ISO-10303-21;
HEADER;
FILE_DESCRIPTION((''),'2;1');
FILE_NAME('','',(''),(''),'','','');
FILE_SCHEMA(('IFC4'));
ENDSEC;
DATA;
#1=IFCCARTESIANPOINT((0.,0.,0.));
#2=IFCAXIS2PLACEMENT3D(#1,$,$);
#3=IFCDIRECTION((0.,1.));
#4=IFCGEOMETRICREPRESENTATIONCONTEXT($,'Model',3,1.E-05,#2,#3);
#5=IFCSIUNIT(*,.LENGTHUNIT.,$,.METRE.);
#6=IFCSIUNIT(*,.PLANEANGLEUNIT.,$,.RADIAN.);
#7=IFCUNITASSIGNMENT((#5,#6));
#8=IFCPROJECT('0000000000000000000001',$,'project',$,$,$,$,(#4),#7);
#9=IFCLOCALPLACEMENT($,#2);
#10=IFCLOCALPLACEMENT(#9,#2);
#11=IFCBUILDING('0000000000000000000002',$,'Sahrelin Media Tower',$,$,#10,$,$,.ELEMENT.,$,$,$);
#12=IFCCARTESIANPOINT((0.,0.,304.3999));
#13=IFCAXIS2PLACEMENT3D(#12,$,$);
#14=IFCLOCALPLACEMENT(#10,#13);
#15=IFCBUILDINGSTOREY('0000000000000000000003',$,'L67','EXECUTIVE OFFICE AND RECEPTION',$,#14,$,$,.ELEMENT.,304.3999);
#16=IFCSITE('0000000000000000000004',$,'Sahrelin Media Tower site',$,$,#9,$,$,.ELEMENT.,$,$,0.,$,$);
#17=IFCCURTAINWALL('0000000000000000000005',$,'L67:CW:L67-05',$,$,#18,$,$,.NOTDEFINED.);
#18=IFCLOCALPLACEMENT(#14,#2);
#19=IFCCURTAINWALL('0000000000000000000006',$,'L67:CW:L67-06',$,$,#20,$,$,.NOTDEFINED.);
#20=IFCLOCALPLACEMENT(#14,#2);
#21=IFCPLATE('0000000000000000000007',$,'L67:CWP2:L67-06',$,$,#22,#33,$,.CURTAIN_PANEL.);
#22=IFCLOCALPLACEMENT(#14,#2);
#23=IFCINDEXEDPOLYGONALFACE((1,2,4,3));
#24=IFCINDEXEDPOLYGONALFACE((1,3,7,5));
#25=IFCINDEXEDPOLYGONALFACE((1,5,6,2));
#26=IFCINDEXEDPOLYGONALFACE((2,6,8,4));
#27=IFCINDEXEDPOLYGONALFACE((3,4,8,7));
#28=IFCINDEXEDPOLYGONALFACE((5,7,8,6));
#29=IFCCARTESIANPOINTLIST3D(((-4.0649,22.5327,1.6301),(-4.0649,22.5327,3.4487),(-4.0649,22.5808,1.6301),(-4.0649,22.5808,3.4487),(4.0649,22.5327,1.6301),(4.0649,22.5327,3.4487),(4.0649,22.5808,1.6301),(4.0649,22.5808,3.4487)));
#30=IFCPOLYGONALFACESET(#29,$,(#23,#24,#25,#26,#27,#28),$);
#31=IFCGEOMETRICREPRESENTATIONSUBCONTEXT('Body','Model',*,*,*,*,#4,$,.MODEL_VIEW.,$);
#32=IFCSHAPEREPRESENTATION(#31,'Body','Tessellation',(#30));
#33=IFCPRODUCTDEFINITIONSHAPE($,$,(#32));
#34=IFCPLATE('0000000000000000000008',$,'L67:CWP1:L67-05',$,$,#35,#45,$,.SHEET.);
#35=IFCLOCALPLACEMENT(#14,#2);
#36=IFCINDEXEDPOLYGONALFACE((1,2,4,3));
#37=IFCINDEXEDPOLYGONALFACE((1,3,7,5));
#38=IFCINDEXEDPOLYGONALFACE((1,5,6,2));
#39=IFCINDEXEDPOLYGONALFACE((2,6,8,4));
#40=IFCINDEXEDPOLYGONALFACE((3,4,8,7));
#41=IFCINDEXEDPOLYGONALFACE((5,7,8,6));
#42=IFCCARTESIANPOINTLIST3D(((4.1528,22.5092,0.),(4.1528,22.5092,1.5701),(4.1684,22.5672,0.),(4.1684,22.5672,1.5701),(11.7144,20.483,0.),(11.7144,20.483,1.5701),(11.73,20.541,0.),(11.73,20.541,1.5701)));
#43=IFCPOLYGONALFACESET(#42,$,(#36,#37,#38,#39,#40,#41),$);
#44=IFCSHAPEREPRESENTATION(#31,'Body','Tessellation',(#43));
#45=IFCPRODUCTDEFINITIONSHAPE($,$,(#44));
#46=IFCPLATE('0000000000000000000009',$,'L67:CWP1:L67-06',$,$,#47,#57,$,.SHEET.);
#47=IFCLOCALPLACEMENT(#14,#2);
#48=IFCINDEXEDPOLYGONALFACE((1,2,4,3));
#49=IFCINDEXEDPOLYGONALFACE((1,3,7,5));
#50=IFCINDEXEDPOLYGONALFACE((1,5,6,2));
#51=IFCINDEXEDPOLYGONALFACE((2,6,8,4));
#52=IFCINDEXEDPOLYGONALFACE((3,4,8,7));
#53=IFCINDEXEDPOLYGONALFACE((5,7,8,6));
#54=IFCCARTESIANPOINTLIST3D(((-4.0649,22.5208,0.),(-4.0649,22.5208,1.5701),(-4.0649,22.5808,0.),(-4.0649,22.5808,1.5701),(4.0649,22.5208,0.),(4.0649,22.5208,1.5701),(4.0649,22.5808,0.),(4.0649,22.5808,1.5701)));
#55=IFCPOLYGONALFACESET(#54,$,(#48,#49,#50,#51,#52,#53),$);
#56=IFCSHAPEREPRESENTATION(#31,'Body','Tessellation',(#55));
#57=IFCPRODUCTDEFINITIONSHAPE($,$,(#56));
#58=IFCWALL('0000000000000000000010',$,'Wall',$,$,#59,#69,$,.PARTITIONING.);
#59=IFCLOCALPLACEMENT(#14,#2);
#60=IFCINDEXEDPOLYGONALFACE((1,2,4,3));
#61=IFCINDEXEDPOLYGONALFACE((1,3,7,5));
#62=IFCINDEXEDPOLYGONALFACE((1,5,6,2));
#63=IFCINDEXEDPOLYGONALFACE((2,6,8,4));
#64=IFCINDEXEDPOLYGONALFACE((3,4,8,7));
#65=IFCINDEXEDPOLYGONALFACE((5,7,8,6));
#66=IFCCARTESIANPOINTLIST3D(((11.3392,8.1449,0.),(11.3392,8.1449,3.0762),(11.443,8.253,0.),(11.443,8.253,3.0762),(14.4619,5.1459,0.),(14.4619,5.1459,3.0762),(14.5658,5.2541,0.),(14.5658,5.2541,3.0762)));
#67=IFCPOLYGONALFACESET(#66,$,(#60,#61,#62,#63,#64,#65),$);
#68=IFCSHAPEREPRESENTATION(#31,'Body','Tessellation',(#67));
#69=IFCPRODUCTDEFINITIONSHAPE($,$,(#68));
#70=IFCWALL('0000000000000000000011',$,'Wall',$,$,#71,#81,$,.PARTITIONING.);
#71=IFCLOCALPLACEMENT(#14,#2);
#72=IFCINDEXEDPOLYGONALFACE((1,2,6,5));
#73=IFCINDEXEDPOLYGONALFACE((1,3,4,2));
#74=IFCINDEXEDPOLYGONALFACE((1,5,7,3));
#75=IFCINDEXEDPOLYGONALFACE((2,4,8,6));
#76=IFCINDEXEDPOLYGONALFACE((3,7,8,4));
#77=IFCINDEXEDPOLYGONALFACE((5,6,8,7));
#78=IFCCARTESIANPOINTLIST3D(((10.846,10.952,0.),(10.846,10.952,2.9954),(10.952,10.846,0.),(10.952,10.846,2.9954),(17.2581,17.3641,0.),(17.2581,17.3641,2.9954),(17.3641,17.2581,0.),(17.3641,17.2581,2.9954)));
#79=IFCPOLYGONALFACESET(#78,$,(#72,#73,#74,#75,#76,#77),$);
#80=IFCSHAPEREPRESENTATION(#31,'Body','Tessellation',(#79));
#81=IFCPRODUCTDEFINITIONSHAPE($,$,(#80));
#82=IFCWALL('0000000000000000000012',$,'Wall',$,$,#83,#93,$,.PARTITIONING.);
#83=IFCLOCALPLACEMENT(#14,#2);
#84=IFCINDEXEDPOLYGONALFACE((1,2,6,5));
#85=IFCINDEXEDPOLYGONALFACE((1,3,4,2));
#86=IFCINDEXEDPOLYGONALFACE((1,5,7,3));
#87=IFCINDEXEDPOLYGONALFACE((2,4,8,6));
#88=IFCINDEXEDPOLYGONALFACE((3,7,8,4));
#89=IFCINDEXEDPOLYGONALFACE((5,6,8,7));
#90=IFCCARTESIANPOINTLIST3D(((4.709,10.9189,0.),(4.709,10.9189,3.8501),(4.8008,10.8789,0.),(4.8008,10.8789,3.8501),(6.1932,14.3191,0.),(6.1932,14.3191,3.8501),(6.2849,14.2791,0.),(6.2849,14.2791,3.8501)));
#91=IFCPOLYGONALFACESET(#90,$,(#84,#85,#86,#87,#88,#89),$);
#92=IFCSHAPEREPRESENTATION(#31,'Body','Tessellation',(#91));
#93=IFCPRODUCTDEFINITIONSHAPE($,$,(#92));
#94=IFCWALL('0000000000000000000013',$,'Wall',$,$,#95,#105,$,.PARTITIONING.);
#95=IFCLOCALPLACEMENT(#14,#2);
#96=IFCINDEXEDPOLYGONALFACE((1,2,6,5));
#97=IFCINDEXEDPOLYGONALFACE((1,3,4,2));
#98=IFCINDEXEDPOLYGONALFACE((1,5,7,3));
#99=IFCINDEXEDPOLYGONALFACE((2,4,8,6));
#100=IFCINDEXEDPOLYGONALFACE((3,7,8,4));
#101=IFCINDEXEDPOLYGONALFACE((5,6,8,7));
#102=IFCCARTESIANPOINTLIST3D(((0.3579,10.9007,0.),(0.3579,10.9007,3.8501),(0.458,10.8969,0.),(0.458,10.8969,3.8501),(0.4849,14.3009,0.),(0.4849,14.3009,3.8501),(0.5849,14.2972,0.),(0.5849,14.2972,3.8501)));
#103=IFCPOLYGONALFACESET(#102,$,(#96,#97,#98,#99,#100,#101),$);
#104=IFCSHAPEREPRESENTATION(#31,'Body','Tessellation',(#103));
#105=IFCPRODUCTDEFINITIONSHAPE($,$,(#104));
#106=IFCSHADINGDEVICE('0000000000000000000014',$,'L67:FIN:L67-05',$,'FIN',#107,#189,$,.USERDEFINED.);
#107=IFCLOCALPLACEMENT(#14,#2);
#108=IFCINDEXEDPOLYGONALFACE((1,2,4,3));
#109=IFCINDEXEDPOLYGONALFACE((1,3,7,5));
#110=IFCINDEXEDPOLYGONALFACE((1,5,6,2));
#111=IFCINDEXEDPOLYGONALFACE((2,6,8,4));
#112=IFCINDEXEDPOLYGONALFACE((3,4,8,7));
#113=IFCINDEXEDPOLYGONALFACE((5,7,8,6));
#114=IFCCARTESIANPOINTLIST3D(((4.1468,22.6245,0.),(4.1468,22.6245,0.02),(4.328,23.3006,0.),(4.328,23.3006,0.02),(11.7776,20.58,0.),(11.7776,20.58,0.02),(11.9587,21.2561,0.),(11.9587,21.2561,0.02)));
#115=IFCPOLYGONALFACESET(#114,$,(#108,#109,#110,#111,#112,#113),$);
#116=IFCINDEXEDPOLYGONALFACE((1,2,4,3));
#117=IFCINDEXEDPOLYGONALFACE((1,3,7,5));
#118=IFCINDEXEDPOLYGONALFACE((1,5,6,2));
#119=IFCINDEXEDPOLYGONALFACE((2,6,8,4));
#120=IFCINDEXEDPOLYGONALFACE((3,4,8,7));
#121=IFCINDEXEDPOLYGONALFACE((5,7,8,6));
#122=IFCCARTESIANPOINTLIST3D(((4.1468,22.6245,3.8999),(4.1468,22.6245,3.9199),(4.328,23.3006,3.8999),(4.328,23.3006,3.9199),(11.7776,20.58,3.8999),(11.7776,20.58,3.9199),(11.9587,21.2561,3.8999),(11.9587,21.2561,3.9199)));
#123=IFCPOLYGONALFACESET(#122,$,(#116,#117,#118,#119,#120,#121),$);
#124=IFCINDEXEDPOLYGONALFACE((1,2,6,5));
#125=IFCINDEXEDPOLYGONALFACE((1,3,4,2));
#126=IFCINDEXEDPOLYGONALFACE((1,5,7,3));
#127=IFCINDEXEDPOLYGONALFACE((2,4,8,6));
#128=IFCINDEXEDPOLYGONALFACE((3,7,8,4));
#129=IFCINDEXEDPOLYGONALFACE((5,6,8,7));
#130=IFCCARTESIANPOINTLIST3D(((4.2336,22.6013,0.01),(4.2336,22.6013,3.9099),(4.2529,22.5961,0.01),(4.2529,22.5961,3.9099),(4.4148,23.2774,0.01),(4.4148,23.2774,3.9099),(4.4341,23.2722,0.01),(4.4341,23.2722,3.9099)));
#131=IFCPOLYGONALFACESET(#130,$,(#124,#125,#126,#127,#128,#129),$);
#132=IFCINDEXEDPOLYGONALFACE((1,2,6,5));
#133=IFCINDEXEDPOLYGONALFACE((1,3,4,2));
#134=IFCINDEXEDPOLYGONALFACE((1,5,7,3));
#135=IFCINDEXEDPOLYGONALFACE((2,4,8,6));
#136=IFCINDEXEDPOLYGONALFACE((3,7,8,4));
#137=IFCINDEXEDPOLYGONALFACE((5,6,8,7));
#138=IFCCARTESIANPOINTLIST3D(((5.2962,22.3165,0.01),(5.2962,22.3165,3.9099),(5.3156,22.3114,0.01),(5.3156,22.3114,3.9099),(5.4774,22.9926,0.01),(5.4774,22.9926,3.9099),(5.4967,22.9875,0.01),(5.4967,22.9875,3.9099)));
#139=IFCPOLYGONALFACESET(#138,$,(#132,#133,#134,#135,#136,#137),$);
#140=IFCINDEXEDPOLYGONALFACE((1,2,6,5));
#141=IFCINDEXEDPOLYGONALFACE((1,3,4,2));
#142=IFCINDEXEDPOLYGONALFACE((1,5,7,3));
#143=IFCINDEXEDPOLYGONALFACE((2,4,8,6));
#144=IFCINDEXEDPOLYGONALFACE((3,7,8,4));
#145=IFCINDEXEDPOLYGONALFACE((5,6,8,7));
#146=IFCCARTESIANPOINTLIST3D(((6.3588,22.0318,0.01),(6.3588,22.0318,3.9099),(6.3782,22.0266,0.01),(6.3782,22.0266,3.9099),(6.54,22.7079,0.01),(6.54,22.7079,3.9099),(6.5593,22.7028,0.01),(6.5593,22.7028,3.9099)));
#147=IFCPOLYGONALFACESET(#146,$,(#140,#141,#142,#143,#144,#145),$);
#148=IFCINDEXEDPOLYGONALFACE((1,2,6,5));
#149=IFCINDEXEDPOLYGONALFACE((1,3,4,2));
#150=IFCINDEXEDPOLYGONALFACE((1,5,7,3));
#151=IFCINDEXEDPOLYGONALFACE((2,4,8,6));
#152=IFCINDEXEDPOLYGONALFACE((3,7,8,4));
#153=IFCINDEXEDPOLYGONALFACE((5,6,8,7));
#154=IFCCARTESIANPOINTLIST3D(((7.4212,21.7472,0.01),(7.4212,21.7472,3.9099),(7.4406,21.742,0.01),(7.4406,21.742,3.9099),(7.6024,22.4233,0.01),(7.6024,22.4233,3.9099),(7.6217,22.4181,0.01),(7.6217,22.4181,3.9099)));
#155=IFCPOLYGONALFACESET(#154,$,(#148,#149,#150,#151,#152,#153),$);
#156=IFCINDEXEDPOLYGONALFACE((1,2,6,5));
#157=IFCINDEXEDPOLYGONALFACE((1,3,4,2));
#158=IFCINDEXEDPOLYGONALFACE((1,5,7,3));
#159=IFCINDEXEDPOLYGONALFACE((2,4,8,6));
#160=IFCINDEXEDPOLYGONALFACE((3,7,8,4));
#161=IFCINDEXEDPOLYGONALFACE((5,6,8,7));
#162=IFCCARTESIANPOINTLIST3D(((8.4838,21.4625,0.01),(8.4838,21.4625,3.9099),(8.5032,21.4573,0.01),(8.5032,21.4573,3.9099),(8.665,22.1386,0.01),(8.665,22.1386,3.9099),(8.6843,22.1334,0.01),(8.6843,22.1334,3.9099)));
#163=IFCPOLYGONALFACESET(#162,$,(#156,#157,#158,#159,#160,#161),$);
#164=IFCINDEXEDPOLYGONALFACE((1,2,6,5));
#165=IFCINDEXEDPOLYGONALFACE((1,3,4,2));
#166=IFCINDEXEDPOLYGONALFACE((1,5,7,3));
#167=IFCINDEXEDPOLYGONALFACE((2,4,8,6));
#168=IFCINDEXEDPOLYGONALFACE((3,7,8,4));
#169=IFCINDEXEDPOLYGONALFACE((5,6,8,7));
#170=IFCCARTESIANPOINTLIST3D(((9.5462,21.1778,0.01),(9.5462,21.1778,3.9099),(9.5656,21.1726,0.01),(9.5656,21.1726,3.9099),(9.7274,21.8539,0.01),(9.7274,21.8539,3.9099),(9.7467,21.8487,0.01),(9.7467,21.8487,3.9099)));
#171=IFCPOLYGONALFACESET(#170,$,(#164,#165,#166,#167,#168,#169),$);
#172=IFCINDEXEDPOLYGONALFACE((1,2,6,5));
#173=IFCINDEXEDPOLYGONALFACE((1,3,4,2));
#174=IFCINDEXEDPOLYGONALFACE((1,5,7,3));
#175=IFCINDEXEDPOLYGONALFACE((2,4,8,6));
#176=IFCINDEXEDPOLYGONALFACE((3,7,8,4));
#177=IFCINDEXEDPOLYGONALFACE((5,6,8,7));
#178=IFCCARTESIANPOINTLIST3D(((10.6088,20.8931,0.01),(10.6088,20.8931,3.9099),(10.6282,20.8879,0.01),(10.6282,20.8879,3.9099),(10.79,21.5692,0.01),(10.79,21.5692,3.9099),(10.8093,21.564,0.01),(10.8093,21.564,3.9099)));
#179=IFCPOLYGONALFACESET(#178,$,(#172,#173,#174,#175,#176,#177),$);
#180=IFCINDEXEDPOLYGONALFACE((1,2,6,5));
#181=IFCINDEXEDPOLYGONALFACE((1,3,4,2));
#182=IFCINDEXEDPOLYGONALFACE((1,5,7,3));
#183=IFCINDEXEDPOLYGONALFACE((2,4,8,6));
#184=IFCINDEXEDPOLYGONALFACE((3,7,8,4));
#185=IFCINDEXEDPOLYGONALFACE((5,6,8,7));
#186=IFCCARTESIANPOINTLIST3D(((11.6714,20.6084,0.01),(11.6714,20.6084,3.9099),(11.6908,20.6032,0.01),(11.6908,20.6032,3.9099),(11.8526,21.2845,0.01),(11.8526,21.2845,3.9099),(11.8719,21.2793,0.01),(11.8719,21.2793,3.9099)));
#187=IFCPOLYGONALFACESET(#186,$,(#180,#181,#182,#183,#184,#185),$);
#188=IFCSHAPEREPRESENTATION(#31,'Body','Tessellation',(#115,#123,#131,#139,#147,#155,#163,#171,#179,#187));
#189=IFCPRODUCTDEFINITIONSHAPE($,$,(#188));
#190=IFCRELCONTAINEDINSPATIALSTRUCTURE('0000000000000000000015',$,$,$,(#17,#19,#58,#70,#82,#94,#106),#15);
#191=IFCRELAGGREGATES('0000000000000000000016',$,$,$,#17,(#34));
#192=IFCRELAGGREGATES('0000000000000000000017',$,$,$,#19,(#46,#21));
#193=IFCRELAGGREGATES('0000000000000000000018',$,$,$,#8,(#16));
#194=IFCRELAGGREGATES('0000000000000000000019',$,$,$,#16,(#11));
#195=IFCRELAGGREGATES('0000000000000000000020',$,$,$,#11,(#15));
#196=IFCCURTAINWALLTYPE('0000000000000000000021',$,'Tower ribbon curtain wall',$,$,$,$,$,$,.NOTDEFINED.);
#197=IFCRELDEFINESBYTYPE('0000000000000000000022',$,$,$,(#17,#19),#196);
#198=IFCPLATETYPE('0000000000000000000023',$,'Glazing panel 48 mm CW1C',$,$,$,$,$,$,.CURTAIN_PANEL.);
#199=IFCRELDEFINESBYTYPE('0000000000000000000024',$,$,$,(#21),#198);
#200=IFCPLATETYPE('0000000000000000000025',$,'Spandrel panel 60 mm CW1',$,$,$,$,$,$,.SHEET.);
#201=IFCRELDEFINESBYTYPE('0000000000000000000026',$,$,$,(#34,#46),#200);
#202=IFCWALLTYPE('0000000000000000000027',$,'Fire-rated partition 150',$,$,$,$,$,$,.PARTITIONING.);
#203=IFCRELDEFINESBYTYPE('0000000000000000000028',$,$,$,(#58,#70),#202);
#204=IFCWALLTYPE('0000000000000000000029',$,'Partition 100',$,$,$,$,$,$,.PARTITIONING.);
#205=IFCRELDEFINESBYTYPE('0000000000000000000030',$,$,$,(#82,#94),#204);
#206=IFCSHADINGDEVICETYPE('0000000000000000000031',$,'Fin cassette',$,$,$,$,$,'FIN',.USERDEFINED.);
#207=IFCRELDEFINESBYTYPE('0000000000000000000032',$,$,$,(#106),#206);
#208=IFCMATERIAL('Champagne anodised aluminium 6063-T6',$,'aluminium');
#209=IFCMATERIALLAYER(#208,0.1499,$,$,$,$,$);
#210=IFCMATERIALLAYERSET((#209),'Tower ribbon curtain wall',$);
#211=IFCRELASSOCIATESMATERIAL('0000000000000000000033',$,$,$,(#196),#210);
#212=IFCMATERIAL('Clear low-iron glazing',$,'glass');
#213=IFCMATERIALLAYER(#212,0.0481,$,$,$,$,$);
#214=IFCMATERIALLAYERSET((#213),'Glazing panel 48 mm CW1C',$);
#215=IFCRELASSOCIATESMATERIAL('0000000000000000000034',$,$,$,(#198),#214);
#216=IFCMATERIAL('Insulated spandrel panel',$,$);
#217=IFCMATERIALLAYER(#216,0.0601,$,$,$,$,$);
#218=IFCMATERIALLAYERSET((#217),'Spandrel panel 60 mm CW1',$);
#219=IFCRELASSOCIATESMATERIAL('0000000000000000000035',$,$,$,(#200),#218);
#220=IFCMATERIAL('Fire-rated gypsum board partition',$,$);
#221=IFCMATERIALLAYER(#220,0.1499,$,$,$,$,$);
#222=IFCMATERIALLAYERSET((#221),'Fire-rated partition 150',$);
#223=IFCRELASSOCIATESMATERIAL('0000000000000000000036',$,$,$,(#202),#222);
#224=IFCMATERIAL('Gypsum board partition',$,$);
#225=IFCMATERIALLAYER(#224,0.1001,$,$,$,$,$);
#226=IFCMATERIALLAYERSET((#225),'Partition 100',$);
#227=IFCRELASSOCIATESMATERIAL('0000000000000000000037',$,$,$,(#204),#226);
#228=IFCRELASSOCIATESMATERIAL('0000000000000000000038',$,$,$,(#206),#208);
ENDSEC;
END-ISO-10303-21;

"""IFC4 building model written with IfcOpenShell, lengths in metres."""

from ifc_helpers import new_model, si_unit, direction, frame, frame_2d, origin, origin_2d, place, context, subcontext, project, spatial, polyline, rectangle, outline, extrude, material, layer, layer_set, type_object, element, aggregate, save


model = new_model("IFC4")

# Units and contexts
model_context = context("Model", 3, precision=1e-05, world=origin(), true_north=direction((0.0, 1.0)))
body_context = subcontext(model_context, "Body", "Model", "MODEL_VIEW")
ifc_project = project(units=[si_unit("LENGTHUNIT", "METRE"), si_unit("PLANEANGLEUNIT", "RADIAN")], contexts=[model_context])

# Site, building, storey
site_placement = place(None, origin())
site = spatial("IfcSite", under=ifc_project, at=site_placement, Name="Sahrelin Media Tower site", CompositionType="ELEMENT", RefElevation=0.0)
building_placement = place(site_placement, origin())
building = spatial("IfcBuilding", under=site, at=building_placement, Name="Sahrelin Media Tower", CompositionType="ELEMENT")
storey_placement = place(building_placement, frame((0.0, 0.0, 304.3999)))
storey = spatial("IfcBuildingStorey", under=building, at=storey_placement, Name="L67", Description="EXECUTIVE OFFICE AND RECEPTION", CompositionType="ELEMENT", Elevation=304.3999)

# Curtain walls
ifc_material_1 = material(Name="Champagne anodised aluminium 6063-T6", Category="aluminium")
ifc_layer_1 = layer(ifc_material_1, 0.1499)
ifc_layer_set_1 = layer_set([ifc_layer_1], Name="Tower ribbon curtain wall")
curtain_wall_type = type_object("IfcCurtainWallType", Name="Tower ribbon curtain wall", PredefinedType="NOTDEFINED", material=ifc_layer_set_1)
curtain_wall_1_placement = place(storey_placement, frame((7.9441, 21.5347, 0.0), z_axis=(0.0, 0.0, 1.0), x_axis=(1.0, 0.0, 0.0)))
curtain_wall_1 = element("IfcCurtainWall", 1, at=curtain_wall_1_placement, inside=storey, type_object=curtain_wall_type, Name="L67:CW:L67-05", PredefinedType="NOTDEFINED")
placement_1 = place(storey_placement, frame((0.0, 22.5608, 0.0), z_axis=(0.0, 0.0, 1.0), x_axis=(1.0, 0.0, 0.0)))
curtain_wall_2 = element("IfcCurtainWall", 2, at=placement_1, inside=storey, type_object=curtain_wall_type, Name="L67:CW:L67-06", PredefinedType="NOTDEFINED")

# Plates
ifc_material_2 = material(Name="Clear low-iron glazing", Category="glass")
ifc_layer_2 = layer(ifc_material_2, 0.0481)
ifc_layer_set_2 = layer_set([ifc_layer_2], Name="Glazing panel 48 mm CW1C")
plate_type_1 = type_object("IfcPlateType", Name="Glazing panel 48 mm CW1C", PredefinedType="CURTAIN_PANEL", material=ifc_layer_set_2)
plate_1_placement = place(storey_placement, frame((4.0649, 22.5808, 1.6301), z_axis=(0.0, 1.0, 0.0), x_axis=(-1.0, 0.0, 0.0)))
plate_1 = element("IfcPlate", 3, at=plate_1_placement, type_object=plate_type_1, Name="L67:CWP2:L67-06", PredefinedType="CURTAIN_PANEL", context=body_context, shape_type="SweptSolid", body=[
    extrude(outline(polyline([(0.0, 0.0), (8.1299, 0.0), (8.1299, 1.8186), (0.0, 1.8186), (0.0, 0.0)])), origin(), (0.0, 0.0, -1.0), 0.0481),
])
ifc_material_3 = material(Name="Insulated spandrel panel")
ifc_layer_3 = layer(ifc_material_3, 0.0601)
ifc_layer_set_3 = layer_set([ifc_layer_3], Name="Spandrel panel 60 mm CW1")
plate_type_2 = type_object("IfcPlateType", Name="Spandrel panel 60 mm CW1", PredefinedType="SHEET", material=ifc_layer_set_3)
plate_2_placement = place(storey_placement, frame((11.73, 20.541, 0.0), z_axis=(0.258821, 0.965925, 0.0), x_axis=(-0.965925, 0.258821, 0.0)))
plate_2 = element("IfcPlate", 4, at=plate_2_placement, type_object=plate_type_2, Name="L67:CWP1:L67-05", PredefinedType="SHEET", context=body_context, shape_type="SweptSolid", body=[
    extrude(outline(polyline([(0.0, 0.0), (7.8284, 0.0), (7.8284, 1.5701), (0.0, 1.5701), (0.0, 0.0)])), origin(), (0.0, 0.0, -1.0), 0.0601),
])
aggregate(curtain_wall_1, [plate_2])
plate_3_placement = place(storey_placement, frame((4.0649, 22.5808, 0.0), z_axis=(0.0, 1.0, 0.0), x_axis=(-1.0, 0.0, 0.0)))
plate_3 = element("IfcPlate", 5, at=plate_3_placement, type_object=plate_type_2, Name="L67:CWP1:L67-06", PredefinedType="SHEET", context=body_context, shape_type="SweptSolid", body=[
    extrude(outline(polyline([(0.0, 0.0), (8.1299, 0.0), (8.1299, 1.5701), (0.0, 1.5701), (0.0, 0.0)])), origin(), (0.0, 0.0, -1.0), 0.0601),
])
aggregate(curtain_wall_2, [plate_3, plate_1])

# Walls
ifc_material_4 = material(Name="Fire-rated gypsum board partition")
ifc_layer_4 = layer(ifc_material_4, 0.1499)
ifc_layer_set_4 = layer_set([ifc_layer_4], Name="Fire-rated partition 150")
wall_type_1 = type_object("IfcWallType", Name="Fire-rated partition 150", PredefinedType="PARTITIONING", material=ifc_layer_set_4)
wall_1_placement = place(storey_placement, frame((11.3911, 8.199, 0.0), z_axis=(0.0, 0.0, 1.0), x_axis=(0.721257, -0.692668, 0.0)))
element("IfcWall", 6, at=wall_1_placement, inside=storey, type_object=wall_type_1, Name="Wall", PredefinedType="PARTITIONING", context=body_context, shape_type="SweptSolid", body=[
    extrude(rectangle(XDim=4.3296, YDim=0.1499, at=frame_2d((2.1648, 0.0))), origin(), (0.0, 0.0, 1.0), 3.0762),
])
wall_2_placement = place(storey_placement, frame((10.8989, 10.8989, 0.0), z_axis=(0.0, 0.0, 1.0), x_axis=(0.707107, 0.707107, 0.0)))
element("IfcWall", 7, at=wall_2_placement, inside=storey, type_object=wall_type_1, Name="Wall", PredefinedType="PARTITIONING", context=body_context, shape_type="SweptSolid", body=[
    extrude(rectangle(XDim=9.0681, YDim=0.1499, at=frame_2d((4.5342, 0.0))), origin(), (0.0, 0.0, 1.0), 2.9954),
])
ifc_material_5 = material(Name="Gypsum board partition")
ifc_layer_5 = layer(ifc_material_5, 0.1001)
ifc_layer_set_5 = layer_set([ifc_layer_5], Name="Partition 100")
wall_type_2 = type_object("IfcWallType", Name="Partition 100", PredefinedType="PARTITIONING", material=ifc_layer_set_5)
wall_3_placement = place(storey_placement, frame((4.7549, 10.8989, 0.0), z_axis=(0.0, 0.0, 1.0), x_axis=(0.400042, 0.916497, 0.0)))
element("IfcWall", 8, at=wall_3_placement, inside=storey, type_object=wall_type_2, Name="Wall", PredefinedType="PARTITIONING", context=body_context, shape_type="SweptSolid", body=[
    extrude(rectangle(XDim=3.71, YDim=0.1001, at=frame_2d((1.855, 0.0))), origin(), (0.0, 0.0, 1.0), 3.8501),
])
wall_4_placement = place(storey_placement, frame((0.408, 10.8989, 0.0), z_axis=(0.0, 0.0, 1.0), x_axis=(0.037312, 0.999304, 0.0)))
element("IfcWall", 9, at=wall_4_placement, inside=storey, type_object=wall_type_2, Name="Wall", PredefinedType="PARTITIONING", context=body_context, shape_type="SweptSolid", body=[
    extrude(rectangle(XDim=3.4026, YDim=0.1001, at=frame_2d((1.7012, 0.0))), origin(), (0.0, 0.0, 1.0), 3.8501),
])

# Shading device
shading_device_type_1 = type_object("IfcShadingDeviceType", Name="Fin cassette", ElementType="FIN", PredefinedType="USERDEFINED", material=ifc_material_1)
placement_2 = place(storey_placement, frame((7.9441, 21.5347, 0.0), z_axis=(0.0, 0.0, 1.0), x_axis=(0.965929, -0.258808, 0.0)))
element("IfcShadingDevice", 10, at=placement_2, inside=storey, type_object=shading_device_type_1, Name="L67:FIN:L67-05", ObjectType="FIN", PredefinedType="USERDEFINED", context=body_context, shape_type="SweptSolid", body=[
    extrude(rectangle(XDim=7.8999, YDim=0.7, at=origin_2d()), frame((0.0, 0.4199, 0.0)), (0.0, 0.0, 1.0), 0.02),
    extrude(rectangle(XDim=7.8999, YDim=0.7, at=origin_2d()), frame((0.0, 0.4199, 3.8999)), (0.0, 0.0, 1.0), 0.02),
    extrude(rectangle(XDim=0.02, YDim=0.7, at=origin_2d()), frame((-3.8501, 0.4199, 0.01), z_axis=(0.0, 0.0, 1.0), x_axis=(1.0, 0.0, 0.0)), (0.0, 0.0, 1.0), 3.8999),
    extrude(rectangle(XDim=0.02, YDim=0.7, at=origin_2d()), frame((-2.75, 0.4199, 0.01), z_axis=(0.0, 0.0, 1.0), x_axis=(1.0, 0.0, 0.0)), (0.0, 0.0, 1.0), 3.8999),
    extrude(rectangle(XDim=0.02, YDim=0.7, at=origin_2d()), frame((-1.6499, 0.4199, 0.01), z_axis=(0.0, 0.0, 1.0), x_axis=(1.0, 0.0, 0.0)), (0.0, 0.0, 1.0), 3.8999),
    extrude(rectangle(XDim=0.02, YDim=0.7, at=origin_2d()), frame((-0.55, 0.4199, 0.01), z_axis=(0.0, 0.0, 1.0), x_axis=(1.0, 0.0, 0.0)), (0.0, 0.0, 1.0), 3.8999),
    extrude(rectangle(XDim=0.02, YDim=0.7, at=origin_2d()), frame((0.55, 0.4199, 0.01), z_axis=(0.0, 0.0, 1.0), x_axis=(1.0, 0.0, 0.0)), (0.0, 0.0, 1.0), 3.8999),
    extrude(rectangle(XDim=0.02, YDim=0.7, at=origin_2d()), frame((1.6499, 0.4199, 0.01), z_axis=(0.0, 0.0, 1.0), x_axis=(1.0, 0.0, 0.0)), (0.0, 0.0, 1.0), 3.8999),
    extrude(rectangle(XDim=0.02, YDim=0.7, at=origin_2d()), frame((2.75, 0.4199, 0.01), z_axis=(0.0, 0.0, 1.0), x_axis=(1.0, 0.0, 0.0)), (0.0, 0.0, 1.0), 3.8999),
    extrude(rectangle(XDim=0.02, YDim=0.7, at=origin_2d()), frame((3.8501, 0.4199, 0.01), z_axis=(0.0, 0.0, 1.0), x_axis=(1.0, 0.0, 0.0)), (0.0, 0.0, 1.0), 3.8999),
])

save(model, "model.ifc")
